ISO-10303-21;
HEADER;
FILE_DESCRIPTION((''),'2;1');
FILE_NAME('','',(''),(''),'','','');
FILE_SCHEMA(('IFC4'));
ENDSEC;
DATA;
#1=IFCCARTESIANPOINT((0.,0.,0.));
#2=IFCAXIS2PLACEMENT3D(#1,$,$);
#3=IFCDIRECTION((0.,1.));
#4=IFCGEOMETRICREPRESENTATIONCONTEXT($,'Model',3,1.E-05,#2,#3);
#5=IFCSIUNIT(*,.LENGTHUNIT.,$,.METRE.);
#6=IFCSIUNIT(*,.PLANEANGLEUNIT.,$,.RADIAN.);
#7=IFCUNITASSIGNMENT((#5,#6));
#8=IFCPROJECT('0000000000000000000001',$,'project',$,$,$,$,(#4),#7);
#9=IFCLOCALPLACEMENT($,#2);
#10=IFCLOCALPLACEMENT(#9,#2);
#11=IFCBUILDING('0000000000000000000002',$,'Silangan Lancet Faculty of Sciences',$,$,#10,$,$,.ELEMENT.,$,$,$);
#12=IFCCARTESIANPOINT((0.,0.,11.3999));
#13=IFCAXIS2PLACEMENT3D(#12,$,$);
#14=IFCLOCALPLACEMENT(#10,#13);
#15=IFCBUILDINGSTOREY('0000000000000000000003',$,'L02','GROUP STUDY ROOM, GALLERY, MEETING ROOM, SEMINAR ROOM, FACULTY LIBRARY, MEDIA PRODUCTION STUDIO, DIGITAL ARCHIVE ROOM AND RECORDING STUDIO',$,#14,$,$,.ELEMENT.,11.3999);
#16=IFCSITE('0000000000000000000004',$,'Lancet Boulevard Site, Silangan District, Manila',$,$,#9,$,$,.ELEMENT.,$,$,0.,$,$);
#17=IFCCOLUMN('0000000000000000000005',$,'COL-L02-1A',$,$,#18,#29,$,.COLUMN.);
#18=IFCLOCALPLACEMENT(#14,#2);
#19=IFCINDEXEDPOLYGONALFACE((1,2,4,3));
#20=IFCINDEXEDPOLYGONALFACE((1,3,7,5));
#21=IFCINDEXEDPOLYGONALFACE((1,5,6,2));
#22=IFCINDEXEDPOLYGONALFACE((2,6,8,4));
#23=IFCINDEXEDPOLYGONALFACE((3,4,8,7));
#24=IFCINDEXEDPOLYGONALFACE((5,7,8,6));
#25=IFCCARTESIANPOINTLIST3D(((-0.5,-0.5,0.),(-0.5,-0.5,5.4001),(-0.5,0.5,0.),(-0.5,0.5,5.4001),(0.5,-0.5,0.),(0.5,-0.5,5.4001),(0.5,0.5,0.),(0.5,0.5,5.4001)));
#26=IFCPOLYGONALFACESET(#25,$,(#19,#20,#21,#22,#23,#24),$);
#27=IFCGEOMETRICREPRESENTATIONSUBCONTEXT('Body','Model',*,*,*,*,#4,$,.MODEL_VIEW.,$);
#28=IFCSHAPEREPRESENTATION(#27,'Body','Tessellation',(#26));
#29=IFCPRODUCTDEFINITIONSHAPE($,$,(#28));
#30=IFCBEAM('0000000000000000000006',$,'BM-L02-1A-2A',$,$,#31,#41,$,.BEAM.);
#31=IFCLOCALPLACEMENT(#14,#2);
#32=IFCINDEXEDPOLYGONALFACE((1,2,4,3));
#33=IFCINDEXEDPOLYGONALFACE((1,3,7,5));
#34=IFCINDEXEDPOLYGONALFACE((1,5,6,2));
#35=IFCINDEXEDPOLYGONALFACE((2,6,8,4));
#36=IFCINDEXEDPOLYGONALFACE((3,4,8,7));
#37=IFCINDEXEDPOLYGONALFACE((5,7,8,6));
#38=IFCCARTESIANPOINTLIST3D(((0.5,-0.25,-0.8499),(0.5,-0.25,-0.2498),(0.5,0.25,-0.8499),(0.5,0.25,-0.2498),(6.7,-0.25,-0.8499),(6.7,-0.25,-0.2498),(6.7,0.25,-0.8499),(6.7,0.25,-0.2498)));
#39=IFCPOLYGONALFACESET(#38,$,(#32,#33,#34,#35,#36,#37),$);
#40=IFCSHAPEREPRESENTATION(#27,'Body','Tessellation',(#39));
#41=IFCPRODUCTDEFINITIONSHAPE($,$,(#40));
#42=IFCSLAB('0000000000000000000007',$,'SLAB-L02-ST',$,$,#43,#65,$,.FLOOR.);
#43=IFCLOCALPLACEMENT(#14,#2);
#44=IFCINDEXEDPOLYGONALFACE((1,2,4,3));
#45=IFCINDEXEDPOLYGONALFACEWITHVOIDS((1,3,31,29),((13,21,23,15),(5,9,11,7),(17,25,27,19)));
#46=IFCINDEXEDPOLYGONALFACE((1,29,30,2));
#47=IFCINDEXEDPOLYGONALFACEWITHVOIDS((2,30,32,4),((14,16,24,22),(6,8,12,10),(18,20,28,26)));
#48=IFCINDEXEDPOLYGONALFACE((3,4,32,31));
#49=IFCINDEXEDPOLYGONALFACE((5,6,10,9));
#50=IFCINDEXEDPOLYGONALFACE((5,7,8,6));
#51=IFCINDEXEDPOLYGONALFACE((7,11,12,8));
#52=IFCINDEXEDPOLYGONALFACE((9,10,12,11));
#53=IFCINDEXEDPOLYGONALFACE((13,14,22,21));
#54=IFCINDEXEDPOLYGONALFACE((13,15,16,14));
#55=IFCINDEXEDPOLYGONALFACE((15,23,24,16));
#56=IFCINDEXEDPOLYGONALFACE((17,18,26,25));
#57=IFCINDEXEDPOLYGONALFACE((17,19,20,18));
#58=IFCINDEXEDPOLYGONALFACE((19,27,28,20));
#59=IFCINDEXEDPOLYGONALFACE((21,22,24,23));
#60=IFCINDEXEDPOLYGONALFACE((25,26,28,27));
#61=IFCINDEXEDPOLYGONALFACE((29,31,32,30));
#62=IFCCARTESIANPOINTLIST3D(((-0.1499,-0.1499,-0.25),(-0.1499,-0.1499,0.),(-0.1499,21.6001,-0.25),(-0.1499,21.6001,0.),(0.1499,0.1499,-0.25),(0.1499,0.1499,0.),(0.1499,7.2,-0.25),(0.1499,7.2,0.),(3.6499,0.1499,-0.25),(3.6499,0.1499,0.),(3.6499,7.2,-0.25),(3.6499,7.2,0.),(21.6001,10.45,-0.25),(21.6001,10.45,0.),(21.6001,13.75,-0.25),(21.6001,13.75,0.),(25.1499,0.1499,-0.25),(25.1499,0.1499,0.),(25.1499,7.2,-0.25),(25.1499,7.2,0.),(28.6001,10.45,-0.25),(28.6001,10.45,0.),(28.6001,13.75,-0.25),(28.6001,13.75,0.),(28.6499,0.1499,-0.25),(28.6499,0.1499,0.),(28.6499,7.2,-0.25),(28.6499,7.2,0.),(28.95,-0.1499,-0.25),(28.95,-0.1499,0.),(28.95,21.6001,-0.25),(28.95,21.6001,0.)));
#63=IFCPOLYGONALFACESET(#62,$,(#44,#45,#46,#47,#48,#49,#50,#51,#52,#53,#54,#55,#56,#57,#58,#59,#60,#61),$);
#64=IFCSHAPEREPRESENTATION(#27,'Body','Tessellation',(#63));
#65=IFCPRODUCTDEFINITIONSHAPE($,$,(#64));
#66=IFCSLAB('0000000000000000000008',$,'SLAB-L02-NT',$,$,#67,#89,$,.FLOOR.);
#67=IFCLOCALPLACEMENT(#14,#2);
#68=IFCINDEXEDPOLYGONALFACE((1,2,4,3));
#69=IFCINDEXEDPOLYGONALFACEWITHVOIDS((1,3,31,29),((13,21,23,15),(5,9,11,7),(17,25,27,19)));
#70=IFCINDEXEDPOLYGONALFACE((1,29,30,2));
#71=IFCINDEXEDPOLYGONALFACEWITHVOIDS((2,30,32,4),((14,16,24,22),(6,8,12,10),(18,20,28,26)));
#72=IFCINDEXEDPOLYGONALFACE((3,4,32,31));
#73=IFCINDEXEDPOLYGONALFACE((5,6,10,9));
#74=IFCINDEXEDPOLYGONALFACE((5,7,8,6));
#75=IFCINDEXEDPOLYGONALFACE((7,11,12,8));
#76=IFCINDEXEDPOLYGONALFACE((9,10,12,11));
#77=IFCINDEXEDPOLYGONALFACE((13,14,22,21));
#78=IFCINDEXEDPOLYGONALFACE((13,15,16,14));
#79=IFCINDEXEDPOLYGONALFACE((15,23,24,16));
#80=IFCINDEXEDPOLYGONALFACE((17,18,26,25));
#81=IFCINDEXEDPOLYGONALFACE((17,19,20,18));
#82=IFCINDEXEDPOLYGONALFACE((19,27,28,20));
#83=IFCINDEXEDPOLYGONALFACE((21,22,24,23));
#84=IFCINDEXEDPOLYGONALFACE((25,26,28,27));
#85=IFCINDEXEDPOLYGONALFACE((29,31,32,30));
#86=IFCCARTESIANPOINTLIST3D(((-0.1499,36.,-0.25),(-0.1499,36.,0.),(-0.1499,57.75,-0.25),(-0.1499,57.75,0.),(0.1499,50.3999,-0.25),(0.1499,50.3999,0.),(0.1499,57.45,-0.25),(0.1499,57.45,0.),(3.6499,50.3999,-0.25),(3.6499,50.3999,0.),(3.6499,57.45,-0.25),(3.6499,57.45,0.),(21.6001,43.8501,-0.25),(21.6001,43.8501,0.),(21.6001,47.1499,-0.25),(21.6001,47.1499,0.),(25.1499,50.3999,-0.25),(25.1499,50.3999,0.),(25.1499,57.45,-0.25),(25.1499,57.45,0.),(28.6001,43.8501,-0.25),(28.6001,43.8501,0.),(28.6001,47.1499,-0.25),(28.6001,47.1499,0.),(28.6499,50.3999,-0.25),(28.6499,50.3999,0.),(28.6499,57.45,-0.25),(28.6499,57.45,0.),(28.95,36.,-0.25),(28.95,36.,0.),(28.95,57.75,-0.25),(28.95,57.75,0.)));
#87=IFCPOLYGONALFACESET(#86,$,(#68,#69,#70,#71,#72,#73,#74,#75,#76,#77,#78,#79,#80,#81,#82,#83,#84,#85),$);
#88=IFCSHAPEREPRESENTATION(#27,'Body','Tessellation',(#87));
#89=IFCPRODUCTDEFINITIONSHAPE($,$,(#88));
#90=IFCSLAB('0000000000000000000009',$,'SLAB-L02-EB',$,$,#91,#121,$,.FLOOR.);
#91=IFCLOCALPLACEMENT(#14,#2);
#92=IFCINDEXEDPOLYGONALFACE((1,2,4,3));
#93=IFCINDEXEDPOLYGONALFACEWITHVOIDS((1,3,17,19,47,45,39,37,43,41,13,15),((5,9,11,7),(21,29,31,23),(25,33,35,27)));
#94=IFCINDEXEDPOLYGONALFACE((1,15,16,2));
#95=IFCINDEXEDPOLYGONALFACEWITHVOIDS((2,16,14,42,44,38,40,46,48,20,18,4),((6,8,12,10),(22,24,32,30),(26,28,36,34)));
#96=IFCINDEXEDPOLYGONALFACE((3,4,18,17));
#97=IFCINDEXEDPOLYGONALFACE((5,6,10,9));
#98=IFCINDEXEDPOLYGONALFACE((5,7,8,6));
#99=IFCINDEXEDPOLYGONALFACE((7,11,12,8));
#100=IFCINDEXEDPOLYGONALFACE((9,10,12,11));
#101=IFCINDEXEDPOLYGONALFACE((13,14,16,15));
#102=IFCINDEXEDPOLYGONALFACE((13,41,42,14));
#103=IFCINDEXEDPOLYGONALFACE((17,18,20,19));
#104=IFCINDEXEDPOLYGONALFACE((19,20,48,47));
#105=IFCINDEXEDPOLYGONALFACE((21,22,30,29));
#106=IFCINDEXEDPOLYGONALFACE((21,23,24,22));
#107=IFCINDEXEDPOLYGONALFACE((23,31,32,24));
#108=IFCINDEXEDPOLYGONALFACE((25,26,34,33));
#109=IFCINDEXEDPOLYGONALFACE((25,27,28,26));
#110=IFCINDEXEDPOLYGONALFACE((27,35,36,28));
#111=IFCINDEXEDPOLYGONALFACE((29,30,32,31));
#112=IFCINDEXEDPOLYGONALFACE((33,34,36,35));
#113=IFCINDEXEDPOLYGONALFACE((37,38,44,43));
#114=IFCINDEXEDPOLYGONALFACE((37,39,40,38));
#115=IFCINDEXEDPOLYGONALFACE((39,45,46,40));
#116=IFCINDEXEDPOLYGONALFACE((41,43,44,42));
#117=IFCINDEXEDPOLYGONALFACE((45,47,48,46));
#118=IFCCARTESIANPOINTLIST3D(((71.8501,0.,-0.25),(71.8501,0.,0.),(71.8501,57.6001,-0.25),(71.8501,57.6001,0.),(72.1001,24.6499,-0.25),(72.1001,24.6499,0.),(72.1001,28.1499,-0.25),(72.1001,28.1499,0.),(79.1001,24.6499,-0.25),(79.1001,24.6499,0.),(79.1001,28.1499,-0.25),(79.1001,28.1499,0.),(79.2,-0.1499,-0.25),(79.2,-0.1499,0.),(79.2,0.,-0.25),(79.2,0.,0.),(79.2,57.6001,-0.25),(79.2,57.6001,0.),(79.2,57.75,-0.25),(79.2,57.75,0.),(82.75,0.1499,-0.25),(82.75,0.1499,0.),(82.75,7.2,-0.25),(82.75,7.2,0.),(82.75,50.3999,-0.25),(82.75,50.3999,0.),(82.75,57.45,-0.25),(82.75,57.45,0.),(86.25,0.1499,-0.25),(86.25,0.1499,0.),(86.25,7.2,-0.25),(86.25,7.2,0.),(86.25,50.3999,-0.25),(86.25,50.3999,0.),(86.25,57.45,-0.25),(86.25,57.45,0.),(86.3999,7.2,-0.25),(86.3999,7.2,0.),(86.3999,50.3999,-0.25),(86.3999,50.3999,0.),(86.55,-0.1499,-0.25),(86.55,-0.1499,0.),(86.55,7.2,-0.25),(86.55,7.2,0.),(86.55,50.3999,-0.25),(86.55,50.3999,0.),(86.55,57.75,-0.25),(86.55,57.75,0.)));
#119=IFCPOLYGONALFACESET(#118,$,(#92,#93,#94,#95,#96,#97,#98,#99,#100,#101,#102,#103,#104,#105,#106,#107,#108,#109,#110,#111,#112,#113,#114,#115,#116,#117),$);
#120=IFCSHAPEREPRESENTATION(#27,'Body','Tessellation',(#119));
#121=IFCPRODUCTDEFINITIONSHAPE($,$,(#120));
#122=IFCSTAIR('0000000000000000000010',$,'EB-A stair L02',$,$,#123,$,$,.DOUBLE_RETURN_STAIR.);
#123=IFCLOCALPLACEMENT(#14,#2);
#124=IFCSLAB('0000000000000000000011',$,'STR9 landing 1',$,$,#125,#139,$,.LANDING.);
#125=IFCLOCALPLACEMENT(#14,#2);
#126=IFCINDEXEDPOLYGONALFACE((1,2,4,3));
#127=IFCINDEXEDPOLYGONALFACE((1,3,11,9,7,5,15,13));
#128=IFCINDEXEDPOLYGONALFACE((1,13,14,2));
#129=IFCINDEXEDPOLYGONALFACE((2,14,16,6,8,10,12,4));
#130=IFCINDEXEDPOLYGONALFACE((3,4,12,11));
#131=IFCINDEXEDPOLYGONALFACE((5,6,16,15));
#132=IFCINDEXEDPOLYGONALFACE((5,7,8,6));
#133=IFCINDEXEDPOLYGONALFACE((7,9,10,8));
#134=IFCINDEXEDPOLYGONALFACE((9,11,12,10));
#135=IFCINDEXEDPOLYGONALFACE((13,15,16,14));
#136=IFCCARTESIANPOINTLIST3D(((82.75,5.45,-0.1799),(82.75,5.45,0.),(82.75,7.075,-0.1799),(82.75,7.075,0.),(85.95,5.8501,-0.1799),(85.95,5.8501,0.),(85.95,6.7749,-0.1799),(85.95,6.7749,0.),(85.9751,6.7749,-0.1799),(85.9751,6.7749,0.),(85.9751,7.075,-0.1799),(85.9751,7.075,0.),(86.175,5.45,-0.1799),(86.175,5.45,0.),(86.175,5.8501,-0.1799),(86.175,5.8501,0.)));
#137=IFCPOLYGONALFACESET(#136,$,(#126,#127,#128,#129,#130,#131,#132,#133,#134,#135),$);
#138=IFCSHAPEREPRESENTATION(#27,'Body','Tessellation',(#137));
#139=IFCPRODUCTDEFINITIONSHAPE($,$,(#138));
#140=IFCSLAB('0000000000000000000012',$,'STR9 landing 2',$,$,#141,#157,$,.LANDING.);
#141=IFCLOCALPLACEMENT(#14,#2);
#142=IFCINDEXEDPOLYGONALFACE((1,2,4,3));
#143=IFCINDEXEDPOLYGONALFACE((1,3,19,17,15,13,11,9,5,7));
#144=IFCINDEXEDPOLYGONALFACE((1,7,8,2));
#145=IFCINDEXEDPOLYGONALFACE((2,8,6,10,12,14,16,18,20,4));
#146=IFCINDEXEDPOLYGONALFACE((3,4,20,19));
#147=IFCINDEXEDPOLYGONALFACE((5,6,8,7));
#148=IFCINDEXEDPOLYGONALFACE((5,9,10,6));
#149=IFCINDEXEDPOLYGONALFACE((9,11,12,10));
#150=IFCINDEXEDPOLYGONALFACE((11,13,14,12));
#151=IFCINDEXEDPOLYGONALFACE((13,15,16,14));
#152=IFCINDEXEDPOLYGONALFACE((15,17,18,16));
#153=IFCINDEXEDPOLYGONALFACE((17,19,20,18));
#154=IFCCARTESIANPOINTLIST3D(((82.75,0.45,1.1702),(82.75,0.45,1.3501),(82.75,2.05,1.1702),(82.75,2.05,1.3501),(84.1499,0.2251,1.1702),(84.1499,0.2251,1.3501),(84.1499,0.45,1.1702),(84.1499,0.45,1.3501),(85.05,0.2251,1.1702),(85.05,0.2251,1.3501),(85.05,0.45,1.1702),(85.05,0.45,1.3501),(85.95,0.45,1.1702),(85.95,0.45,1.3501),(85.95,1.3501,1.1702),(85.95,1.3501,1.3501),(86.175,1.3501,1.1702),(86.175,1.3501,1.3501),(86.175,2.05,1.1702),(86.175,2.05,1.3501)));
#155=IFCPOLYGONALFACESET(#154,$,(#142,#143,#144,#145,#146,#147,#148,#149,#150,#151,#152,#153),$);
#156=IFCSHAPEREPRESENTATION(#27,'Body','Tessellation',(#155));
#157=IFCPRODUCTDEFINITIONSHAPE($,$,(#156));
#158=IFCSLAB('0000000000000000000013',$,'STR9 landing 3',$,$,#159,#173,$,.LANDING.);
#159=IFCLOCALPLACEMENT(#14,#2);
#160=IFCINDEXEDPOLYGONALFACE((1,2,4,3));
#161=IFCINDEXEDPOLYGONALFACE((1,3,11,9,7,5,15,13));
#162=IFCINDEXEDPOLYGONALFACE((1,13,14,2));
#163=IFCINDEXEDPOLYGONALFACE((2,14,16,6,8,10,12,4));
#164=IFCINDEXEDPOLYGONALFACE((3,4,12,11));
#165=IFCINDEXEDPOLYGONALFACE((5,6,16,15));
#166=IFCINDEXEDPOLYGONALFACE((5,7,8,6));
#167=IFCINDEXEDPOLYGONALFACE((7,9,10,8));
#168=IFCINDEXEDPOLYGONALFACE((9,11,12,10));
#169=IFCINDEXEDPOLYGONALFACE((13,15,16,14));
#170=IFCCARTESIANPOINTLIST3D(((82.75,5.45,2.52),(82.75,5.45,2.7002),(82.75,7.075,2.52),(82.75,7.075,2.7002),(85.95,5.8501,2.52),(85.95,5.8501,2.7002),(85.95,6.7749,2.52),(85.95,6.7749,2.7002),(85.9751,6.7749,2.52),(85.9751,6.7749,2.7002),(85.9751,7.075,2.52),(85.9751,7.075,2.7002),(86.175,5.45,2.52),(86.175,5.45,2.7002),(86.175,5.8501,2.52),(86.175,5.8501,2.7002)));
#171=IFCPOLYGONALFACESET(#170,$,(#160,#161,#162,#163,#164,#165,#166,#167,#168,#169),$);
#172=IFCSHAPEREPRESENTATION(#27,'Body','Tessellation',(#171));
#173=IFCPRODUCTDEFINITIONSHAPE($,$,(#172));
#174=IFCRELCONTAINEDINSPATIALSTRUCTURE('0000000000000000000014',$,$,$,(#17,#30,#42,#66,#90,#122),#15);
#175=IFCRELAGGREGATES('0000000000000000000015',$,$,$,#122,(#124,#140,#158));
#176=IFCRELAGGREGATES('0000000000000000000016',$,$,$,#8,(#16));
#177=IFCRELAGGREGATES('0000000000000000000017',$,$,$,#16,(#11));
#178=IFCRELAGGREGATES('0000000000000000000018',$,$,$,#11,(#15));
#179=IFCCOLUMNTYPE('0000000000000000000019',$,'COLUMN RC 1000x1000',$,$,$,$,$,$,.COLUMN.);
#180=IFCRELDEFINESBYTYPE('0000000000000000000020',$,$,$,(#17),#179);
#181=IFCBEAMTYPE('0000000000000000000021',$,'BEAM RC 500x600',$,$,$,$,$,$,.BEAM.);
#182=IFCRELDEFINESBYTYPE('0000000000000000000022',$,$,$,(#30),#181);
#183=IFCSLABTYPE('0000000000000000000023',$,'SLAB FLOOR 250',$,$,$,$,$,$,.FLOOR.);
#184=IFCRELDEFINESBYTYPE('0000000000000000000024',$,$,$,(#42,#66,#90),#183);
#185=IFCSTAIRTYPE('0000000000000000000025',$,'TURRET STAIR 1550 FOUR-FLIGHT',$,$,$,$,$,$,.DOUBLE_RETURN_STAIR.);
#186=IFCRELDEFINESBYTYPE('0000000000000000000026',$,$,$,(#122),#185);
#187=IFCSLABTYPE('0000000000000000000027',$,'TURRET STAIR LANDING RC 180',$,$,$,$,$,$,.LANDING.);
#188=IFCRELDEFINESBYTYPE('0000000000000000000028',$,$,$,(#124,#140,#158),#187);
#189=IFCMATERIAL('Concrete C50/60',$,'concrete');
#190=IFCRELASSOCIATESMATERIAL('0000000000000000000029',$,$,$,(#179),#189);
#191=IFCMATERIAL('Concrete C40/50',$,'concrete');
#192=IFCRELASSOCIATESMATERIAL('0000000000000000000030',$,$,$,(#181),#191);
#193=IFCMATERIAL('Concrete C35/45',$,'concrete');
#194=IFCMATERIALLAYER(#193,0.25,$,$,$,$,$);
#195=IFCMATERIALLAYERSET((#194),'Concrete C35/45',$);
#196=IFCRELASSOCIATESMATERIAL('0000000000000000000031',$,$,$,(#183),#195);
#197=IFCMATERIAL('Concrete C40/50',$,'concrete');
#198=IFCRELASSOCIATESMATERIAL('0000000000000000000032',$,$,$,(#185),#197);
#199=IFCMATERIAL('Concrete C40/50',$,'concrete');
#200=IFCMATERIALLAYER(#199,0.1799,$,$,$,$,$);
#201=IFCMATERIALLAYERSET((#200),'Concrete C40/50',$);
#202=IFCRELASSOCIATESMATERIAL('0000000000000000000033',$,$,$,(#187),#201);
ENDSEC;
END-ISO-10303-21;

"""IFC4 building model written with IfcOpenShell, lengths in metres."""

from ifc_helpers import new_model, si_unit, direction, frame, origin, origin_with_axes, origin_2d, place, context, subcontext, project, spatial, polyline, rectangle, outline, extrude, material, layer, layer_set, material_profile, profile_set, type_object, element, aggregate, save


model = new_model("IFC4")

# Units and contexts
model_context = context("Model", 3, precision=1e-05, world=origin(), true_north=direction((0.0, 1.0)))
body_context = subcontext(model_context, "Body", "Model", "MODEL_VIEW")
ifc_project = project(units=[si_unit("LENGTHUNIT", "METRE"), si_unit("PLANEANGLEUNIT", "RADIAN")], contexts=[model_context])

# Site, building, storey
site_placement = place(None, origin())
site = spatial("IfcSite", under=ifc_project, at=site_placement, Name="Lancet Boulevard Site, Silangan District, Manila", CompositionType="ELEMENT", RefElevation=0.0)
building_placement = place(site_placement, origin())
building = spatial("IfcBuilding", under=site, at=building_placement, Name="Silangan Lancet Faculty of Sciences", CompositionType="ELEMENT")
storey_placement = place(building_placement, frame((0.0, 0.0, 11.3999)))
storey = spatial("IfcBuildingStorey", under=building, at=storey_placement, Name="L02", Description="GROUP STUDY ROOM, GALLERY, MEETING ROOM, SEMINAR ROOM, FACULTY LIBRARY, MEDIA PRODUCTION STUDIO, DIGITAL ARCHIVE ROOM AND RECORDING STUDIO", CompositionType="ELEMENT", Elevation=11.3999)

# Column
ifc_material_1 = material(Name="Concrete C50/60", Category="concrete")
ifc_material_profile_1 = material_profile(ifc_material_1, rectangle(XDim=1.0, YDim=1.0, at=origin_2d()), Name="RC 1000x1000")
ifc_profile_set_1 = profile_set([ifc_material_profile_1], Name="Concrete C50/60")
column_type = type_object("IfcColumnType", Name="COLUMN RC 1000x1000", PredefinedType="COLUMN", material=ifc_profile_set_1)
column_placement = place(storey_placement, origin_with_axes())
element("IfcColumn", 1, at=column_placement, inside=storey, type_object=column_type, Name="COL-L02-1A", PredefinedType="COLUMN", context=body_context, shape_type="SweptSolid", body=[
    extrude(rectangle(XDim=1.0, YDim=1.0, at=origin_2d()), origin(), (0.0, 0.0, 1.0), 5.4001),
])

# Beam
ifc_material_2 = material(Name="Concrete C40/50", Category="concrete")
ifc_material_profile_2 = material_profile(ifc_material_2, rectangle(XDim=0.5, YDim=0.6001, at=origin_2d()), Name="RC 500x600")
ifc_profile_set_2 = profile_set([ifc_material_profile_2], Name="Concrete C40/50")
beam_type = type_object("IfcBeamType", Name="BEAM RC 500x600", PredefinedType="BEAM", material=ifc_profile_set_2)
beam_placement = place(storey_placement, frame((0.5, 0.0, -0.5498), z_axis=(1.0, 0.0, 0.0), x_axis=(0.0, 1.0, 0.0)))
element("IfcBeam", 2, at=beam_placement, inside=storey, type_object=beam_type, Name="BM-L02-1A-2A", PredefinedType="BEAM", context=body_context, shape_type="SweptSolid", body=[
    extrude(rectangle(XDim=0.5, YDim=0.6001, at=origin_2d()), origin(), (0.0, 0.0, 1.0), 6.2),
])

# Slabs
ifc_material_3 = material(Name="Concrete C35/45", Category="concrete")
ifc_layer_1 = layer(ifc_material_3, 0.25)
ifc_layer_set_1 = layer_set([ifc_layer_1], Name="Concrete C35/45")
slab_type_1 = type_object("IfcSlabType", Name="SLAB FLOOR 250", PredefinedType="FLOOR", material=ifc_layer_set_1)
slab_1_placement = place(storey_placement, frame((0.0, 0.0, -0.25)))
element("IfcSlab", 3, at=slab_1_placement, inside=storey, type_object=slab_type_1, Name="SLAB-L02-ST", PredefinedType="FLOOR", context=body_context, shape_type="SweptSolid", body=[
    extrude(outline(polyline([(-0.1499, 21.6001), (-0.1499, -0.1499), (28.95, -0.1499), (28.95, 21.6001), (-0.1499, 21.6001)]), holes=[polyline([(0.1499, 7.2), (3.6499, 7.2), (3.6499, 0.1499), (0.1499, 0.1499), (0.1499, 7.2)]), polyline([(25.1499, 0.1499), (25.1499, 7.2), (28.6499, 7.2), (28.6499, 0.1499), (25.1499, 0.1499)]), polyline([(21.6001, 13.75), (28.6001, 13.75), (28.6001, 10.45), (21.6001, 10.45), (21.6001, 13.75)])]), origin(), (0.0, 0.0, 1.0), 0.25),
])
slab_2_placement = place(storey_placement, frame((0.0, 0.0, -0.25)))
element("IfcSlab", 4, at=slab_2_placement, inside=storey, type_object=slab_type_1, Name="SLAB-L02-NT", PredefinedType="FLOOR", context=body_context, shape_type="SweptSolid", body=[
    extrude(outline(polyline([(-0.1499, 36.0), (28.95, 36.0), (28.95, 57.75), (-0.1499, 57.75), (-0.1499, 36.0)]), holes=[polyline([(21.6001, 43.8501), (21.6001, 47.1499), (28.6001, 47.1499), (28.6001, 43.8501), (21.6001, 43.8501)]), polyline([(0.1499, 50.3999), (0.1499, 57.45), (3.6499, 57.45), (3.6499, 50.3999), (0.1499, 50.3999)]), polyline([(25.1499, 57.45), (28.6499, 57.45), (28.6499, 50.3999), (25.1499, 50.3999), (25.1499, 57.45)])]), origin(), (0.0, 0.0, 1.0), 0.25),
])
slab_3_placement = place(storey_placement, frame((0.0, 0.0, -0.25)))
element("IfcSlab", 5, at=slab_3_placement, inside=storey, type_object=slab_type_1, Name="SLAB-L02-EB", PredefinedType="FLOOR", context=body_context, shape_type="SweptSolid", body=[
    extrude(outline(polyline([(86.55, 7.2), (86.3999, 7.2), (86.3999, 50.3999), (86.55, 50.3999), (86.55, 57.75), (79.2, 57.75), (79.2, 57.6001), (71.8501, 57.6001), (71.8501, 0.0), (79.2, 0.0), (79.2, -0.1499), (86.55, -0.1499), (86.55, 7.2)]), holes=[polyline([(82.75, 7.2), (86.25, 7.2), (86.25, 0.1499), (82.75, 0.1499), (82.75, 7.2)]), polyline([(79.1001, 28.1499), (79.1001, 24.6499), (72.1001, 24.6499), (72.1001, 28.1499), (79.1001, 28.1499)]), polyline([(82.75, 57.45), (86.25, 57.45), (86.25, 50.3999), (82.75, 50.3999), (82.75, 57.45)])]), origin(), (0.0, 0.0, 1.0), 0.25),
])

# Stair, slabs
ifc_material_4 = material(Name="Concrete C40/50", Category="concrete")
stair_type = type_object("IfcStairType", Name="TURRET STAIR 1550 FOUR-FLIGHT", PredefinedType="DOUBLE_RETURN_STAIR", material=ifc_material_4)
stair_1_placement = place(storey_placement, origin())
stair_1 = element("IfcStair", 6, at=stair_1_placement, inside=storey, type_object=stair_type, Name="EB-A stair L02", PredefinedType="DOUBLE_RETURN_STAIR")
ifc_material_5 = material(Name="Concrete C40/50", Category="concrete")
ifc_layer_2 = layer(ifc_material_5, 0.1799)
ifc_layer_set_2 = layer_set([ifc_layer_2], Name="Concrete C40/50")
slab_type_2 = type_object("IfcSlabType", Name="TURRET STAIR LANDING RC 180", PredefinedType="LANDING", material=ifc_layer_set_2)
slab_4_placement = place(storey_placement, frame((0.0, 0.0, -0.1799)))
slab_4 = element("IfcSlab", 7, at=slab_4_placement, type_object=slab_type_2, Name="STR9 landing 1", PredefinedType="LANDING", context=body_context, shape_type="SweptSolid", body=[
    extrude(outline(polyline([(85.95, 6.7749), (85.95, 5.8501), (86.175, 5.8501), (86.175, 5.45), (82.75, 5.45), (82.75, 7.075), (85.9751, 7.075), (85.9751, 6.7749), (85.95, 6.7749)])), origin(), (0.0, 0.0, 1.0), 0.1799),
])
slab_5_placement = place(storey_placement, frame((0.0, 0.0, 1.1702)))
slab_5 = element("IfcSlab", 8, at=slab_5_placement, type_object=slab_type_2, Name="STR9 landing 2", PredefinedType="LANDING", context=body_context, shape_type="SweptSolid", body=[
    extrude(outline(polyline([(85.95, 0.45), (85.05, 0.45), (85.05, 0.2251), (84.1499, 0.2251), (84.1499, 0.45), (82.75, 0.45), (82.75, 2.05), (86.175, 2.05), (86.175, 1.3501), (85.95, 1.3501), (85.95, 0.45)])), origin(), (0.0, 0.0, 1.0), 0.1799),
])
slab_6_placement = place(storey_placement, frame((0.0, 0.0, 2.52)))
slab_6 = element("IfcSlab", 9, at=slab_6_placement, type_object=slab_type_2, Name="STR9 landing 3", PredefinedType="LANDING", context=body_context, shape_type="SweptSolid", body=[
    extrude(outline(polyline([(85.95, 6.7749), (85.95, 5.8501), (86.175, 5.8501), (86.175, 5.45), (82.75, 5.45), (82.75, 7.075), (85.9751, 7.075), (85.9751, 6.7749), (85.95, 6.7749)])), origin(), (0.0, 0.0, 1.0), 0.1802),
])
aggregate(stair_1, [slab_4, slab_5, slab_6])

save(model, "model.ifc")
